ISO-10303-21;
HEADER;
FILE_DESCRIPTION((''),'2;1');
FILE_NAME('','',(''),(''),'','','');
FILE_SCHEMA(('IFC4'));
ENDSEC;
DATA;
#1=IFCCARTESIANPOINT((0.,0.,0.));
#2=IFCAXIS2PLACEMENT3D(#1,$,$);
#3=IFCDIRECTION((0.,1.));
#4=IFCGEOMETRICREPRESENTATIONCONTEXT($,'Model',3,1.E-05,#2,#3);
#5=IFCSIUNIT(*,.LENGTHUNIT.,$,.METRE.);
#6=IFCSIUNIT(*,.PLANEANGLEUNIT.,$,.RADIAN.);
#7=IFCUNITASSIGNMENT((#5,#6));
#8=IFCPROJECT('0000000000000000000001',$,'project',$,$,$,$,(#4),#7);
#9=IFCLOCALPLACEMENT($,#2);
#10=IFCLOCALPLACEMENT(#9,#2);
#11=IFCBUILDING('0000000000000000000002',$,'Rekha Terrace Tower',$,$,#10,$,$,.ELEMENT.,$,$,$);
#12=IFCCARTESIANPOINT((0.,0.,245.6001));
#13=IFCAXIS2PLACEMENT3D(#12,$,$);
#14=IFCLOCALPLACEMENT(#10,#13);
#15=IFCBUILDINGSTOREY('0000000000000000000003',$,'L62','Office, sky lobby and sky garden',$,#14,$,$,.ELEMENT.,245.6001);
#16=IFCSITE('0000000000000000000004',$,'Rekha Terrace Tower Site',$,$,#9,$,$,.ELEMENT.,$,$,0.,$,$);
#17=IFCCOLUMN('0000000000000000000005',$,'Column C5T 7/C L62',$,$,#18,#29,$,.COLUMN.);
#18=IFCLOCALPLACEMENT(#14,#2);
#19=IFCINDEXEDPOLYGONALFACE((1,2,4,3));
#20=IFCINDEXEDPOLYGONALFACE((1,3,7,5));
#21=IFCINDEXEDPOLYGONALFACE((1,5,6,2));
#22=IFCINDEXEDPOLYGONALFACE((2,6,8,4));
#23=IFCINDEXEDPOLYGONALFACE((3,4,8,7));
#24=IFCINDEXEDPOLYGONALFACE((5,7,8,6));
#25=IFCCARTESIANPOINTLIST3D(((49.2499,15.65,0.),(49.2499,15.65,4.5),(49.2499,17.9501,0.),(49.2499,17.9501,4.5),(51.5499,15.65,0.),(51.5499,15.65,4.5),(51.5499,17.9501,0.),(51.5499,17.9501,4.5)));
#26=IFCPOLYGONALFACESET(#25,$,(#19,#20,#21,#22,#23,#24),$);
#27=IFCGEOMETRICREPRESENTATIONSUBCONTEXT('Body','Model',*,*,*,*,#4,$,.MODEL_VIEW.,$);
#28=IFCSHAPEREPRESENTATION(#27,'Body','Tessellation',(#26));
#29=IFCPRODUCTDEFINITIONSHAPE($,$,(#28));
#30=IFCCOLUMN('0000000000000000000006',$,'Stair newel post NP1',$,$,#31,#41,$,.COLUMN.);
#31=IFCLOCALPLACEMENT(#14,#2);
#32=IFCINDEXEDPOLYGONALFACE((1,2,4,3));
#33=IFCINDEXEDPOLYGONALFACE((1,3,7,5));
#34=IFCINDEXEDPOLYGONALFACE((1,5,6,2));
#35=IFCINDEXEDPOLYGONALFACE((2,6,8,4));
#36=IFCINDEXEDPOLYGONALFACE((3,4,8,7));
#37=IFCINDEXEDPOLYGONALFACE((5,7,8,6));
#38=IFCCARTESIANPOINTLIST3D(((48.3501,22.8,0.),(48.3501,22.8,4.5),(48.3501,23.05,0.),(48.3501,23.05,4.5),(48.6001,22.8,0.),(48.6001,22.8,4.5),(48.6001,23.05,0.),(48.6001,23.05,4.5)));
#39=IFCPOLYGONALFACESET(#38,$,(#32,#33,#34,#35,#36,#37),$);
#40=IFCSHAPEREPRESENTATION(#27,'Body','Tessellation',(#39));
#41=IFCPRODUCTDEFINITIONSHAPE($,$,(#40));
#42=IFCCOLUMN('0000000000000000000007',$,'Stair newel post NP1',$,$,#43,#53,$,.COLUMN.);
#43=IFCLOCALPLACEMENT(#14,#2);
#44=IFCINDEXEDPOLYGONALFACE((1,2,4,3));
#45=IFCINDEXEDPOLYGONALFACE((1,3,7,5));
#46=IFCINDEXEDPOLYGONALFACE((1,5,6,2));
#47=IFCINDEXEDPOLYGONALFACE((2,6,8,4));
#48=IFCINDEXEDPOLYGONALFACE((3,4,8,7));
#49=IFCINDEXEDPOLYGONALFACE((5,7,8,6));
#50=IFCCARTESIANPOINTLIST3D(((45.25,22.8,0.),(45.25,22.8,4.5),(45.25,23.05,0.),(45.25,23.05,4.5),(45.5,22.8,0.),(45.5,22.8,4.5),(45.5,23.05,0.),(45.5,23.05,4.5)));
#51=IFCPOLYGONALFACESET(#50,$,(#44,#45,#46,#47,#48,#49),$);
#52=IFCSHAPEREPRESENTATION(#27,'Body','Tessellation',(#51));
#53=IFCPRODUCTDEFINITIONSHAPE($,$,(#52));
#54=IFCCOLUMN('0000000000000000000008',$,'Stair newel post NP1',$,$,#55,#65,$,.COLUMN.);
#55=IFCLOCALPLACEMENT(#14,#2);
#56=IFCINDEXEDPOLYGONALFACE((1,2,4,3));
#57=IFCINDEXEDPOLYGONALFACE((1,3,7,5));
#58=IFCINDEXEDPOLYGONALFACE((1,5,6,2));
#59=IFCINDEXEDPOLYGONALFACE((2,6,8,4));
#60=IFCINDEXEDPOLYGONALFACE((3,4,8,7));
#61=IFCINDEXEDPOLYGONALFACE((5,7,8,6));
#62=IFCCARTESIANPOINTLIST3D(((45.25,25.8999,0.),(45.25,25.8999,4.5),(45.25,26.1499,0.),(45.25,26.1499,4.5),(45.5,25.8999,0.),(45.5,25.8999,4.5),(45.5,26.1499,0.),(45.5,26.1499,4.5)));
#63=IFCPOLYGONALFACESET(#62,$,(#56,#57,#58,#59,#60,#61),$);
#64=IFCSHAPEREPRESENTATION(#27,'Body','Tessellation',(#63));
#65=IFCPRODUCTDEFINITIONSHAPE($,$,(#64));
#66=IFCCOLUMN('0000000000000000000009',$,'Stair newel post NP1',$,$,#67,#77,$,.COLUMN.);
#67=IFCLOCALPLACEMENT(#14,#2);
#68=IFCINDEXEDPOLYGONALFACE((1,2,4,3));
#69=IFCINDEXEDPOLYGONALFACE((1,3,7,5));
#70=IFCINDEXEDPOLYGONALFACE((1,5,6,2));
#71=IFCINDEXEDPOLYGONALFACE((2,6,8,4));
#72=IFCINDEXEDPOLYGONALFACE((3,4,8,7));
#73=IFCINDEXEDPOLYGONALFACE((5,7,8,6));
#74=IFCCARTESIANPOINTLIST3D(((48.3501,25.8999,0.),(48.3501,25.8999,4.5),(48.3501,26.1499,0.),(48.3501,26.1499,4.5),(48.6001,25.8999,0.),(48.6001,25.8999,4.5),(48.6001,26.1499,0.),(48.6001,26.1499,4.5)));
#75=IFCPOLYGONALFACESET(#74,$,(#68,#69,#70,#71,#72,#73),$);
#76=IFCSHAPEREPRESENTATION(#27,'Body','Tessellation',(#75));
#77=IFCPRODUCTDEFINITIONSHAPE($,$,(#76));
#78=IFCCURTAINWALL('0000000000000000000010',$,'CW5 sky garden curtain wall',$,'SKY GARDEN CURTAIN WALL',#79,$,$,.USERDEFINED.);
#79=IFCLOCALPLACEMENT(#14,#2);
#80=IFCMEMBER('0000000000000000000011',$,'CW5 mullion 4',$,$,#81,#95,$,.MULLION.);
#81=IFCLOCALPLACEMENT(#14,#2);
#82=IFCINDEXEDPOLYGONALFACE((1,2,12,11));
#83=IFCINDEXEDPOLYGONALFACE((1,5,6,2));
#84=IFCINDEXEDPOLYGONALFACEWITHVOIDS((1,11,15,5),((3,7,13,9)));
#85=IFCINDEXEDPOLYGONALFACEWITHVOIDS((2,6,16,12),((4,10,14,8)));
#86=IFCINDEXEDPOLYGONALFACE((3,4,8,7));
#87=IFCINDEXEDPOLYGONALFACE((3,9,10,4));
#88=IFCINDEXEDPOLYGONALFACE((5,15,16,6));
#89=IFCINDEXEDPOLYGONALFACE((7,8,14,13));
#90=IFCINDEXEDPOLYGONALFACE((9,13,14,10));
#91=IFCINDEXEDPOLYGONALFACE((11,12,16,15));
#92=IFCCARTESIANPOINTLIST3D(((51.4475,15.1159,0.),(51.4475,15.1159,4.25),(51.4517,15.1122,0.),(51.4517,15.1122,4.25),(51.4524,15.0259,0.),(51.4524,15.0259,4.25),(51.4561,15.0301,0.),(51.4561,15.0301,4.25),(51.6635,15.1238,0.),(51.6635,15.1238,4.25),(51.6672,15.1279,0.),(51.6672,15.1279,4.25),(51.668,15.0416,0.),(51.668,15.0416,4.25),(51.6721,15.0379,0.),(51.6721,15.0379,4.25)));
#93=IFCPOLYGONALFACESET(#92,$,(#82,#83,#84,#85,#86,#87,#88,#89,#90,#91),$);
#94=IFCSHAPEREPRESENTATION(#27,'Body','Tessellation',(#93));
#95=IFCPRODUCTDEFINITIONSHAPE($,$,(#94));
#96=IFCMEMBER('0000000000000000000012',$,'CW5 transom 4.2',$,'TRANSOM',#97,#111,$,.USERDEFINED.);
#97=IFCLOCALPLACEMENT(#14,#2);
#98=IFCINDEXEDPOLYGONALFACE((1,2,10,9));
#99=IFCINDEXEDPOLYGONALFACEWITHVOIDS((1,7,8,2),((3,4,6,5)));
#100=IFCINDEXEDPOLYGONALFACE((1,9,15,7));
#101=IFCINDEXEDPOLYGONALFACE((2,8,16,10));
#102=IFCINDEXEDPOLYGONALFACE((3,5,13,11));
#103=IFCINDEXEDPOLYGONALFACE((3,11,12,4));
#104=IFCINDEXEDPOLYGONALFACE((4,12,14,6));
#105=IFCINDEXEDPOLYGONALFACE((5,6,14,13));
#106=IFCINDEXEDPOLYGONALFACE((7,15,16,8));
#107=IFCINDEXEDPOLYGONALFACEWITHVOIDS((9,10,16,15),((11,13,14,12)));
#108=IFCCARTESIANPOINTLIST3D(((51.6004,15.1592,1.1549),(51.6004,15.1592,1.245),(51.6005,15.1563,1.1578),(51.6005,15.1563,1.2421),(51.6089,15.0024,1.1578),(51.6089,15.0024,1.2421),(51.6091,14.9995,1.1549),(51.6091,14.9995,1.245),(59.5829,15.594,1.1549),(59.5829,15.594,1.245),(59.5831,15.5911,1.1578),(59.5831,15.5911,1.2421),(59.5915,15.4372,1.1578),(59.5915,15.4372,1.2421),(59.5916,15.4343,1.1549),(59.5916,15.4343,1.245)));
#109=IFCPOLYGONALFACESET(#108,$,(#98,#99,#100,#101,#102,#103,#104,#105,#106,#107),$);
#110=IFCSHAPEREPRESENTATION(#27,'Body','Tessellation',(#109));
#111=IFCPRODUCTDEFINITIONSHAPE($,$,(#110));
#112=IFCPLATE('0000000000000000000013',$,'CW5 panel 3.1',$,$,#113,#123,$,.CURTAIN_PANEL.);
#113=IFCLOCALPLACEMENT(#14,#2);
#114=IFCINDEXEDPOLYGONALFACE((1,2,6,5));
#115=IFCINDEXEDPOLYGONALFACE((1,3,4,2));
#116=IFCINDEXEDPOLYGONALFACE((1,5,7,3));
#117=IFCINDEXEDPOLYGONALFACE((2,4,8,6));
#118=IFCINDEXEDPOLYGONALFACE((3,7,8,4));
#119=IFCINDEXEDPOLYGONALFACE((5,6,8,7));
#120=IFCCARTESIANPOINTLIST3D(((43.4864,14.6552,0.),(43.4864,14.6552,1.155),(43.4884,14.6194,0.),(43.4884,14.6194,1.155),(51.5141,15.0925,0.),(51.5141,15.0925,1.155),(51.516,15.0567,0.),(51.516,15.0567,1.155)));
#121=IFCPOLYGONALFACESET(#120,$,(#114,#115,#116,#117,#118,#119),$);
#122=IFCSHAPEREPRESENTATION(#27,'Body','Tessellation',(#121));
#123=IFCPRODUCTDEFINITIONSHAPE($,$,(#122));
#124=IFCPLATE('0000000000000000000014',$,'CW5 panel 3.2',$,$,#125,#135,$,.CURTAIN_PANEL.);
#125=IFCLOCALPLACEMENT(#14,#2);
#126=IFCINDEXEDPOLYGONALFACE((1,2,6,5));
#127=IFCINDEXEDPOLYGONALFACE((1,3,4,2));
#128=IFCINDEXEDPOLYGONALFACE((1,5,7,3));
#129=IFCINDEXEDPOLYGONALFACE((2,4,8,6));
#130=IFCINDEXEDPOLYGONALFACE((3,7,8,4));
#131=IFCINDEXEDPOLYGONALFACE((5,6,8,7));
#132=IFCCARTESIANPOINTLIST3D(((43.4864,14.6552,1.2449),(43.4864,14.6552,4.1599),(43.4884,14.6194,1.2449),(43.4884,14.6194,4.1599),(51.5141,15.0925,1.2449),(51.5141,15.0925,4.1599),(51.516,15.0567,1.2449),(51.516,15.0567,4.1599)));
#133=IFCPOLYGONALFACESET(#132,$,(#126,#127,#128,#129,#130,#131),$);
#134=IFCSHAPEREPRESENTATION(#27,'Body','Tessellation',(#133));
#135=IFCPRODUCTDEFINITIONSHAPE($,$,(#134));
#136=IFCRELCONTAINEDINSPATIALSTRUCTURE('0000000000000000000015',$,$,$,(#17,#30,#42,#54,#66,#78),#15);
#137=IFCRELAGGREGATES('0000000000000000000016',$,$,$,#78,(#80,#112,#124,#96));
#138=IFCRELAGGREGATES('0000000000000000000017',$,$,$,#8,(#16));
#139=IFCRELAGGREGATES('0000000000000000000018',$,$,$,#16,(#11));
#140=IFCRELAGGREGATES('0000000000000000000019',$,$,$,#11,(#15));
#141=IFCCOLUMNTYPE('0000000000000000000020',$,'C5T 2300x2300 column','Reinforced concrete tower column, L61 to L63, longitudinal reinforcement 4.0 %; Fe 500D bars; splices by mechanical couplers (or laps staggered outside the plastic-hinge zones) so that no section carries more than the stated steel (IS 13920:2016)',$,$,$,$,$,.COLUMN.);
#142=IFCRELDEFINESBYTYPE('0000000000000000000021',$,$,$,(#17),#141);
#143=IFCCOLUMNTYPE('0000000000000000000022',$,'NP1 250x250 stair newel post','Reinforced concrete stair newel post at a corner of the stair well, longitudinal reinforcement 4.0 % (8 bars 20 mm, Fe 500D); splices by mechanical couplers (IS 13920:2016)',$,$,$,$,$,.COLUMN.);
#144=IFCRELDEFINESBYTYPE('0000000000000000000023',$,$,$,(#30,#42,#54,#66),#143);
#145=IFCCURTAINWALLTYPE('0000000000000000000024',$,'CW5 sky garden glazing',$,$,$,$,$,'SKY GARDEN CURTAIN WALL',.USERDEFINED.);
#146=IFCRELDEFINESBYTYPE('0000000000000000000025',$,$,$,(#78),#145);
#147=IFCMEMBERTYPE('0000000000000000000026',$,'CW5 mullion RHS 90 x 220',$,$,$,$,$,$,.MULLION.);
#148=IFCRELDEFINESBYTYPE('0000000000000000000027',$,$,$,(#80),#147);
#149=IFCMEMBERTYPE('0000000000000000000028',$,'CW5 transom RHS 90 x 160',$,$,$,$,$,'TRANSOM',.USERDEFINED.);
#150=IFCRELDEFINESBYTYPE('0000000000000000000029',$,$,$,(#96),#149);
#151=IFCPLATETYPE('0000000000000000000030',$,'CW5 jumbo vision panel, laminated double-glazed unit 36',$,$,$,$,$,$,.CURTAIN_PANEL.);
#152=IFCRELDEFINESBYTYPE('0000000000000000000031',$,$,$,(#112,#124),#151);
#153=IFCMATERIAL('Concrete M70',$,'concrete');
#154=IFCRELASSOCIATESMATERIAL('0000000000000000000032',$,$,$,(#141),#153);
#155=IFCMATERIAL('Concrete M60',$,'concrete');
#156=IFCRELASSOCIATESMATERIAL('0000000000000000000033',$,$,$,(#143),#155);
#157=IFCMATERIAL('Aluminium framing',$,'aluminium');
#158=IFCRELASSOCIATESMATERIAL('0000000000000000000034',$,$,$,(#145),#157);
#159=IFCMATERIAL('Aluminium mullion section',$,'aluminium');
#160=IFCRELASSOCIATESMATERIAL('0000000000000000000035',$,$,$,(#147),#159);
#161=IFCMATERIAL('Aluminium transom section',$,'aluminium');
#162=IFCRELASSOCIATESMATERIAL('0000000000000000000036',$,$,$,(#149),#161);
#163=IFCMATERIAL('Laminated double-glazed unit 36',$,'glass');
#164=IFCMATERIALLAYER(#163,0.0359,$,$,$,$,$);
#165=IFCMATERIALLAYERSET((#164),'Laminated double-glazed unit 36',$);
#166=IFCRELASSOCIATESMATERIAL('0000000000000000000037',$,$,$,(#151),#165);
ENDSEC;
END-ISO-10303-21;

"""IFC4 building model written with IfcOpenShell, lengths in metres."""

from ifc_helpers import new_model, si_unit, direction, frame, origin, origin_2d, place, context, subcontext, project, spatial, rectangle, hollow_rectangle, extrude, material, layer, layer_set, material_profile, profile_set, type_object, element, aggregate, save


model = new_model("IFC4")

# Units and contexts
model_context = context("Model", 3, precision=1e-05, world=origin(), true_north=direction((0.0, 1.0)))
body_context = subcontext(model_context, "Body", "Model", "MODEL_VIEW")
ifc_project = project(units=[si_unit("LENGTHUNIT", "METRE"), si_unit("PLANEANGLEUNIT", "RADIAN")], contexts=[model_context])

# Site, building, storey
site_placement = place(None, origin())
site = spatial("IfcSite", under=ifc_project, at=site_placement, Name="Rekha Terrace Tower Site", CompositionType="ELEMENT", RefElevation=0.0)
building_placement = place(site_placement, origin())
building = spatial("IfcBuilding", under=site, at=building_placement, Name="Rekha Terrace Tower", CompositionType="ELEMENT")
storey_placement = place(building_placement, frame((0.0, 0.0, 245.6001)))
storey = spatial("IfcBuildingStorey", under=building, at=storey_placement, Name="L62", Description="Office, sky lobby and sky garden", CompositionType="ELEMENT", Elevation=245.6001)

# Columns
ifc_material_1 = material(Name="Concrete M70", Category="concrete")
ifc_material_profile_1 = material_profile(ifc_material_1, rectangle(XDim=2.3, YDim=2.3, at=origin_2d()), Name="RC 2300x2300")
ifc_profile_set_1 = profile_set([ifc_material_profile_1], Name="Concrete M70")
column_type_1 = type_object("IfcColumnType", Name="C5T 2300x2300 column", Description="Reinforced concrete tower column, L61 to L63, longitudinal reinforcement 4.0 %; Fe 500D bars; splices by mechanical couplers (or laps staggered outside the plastic-hinge zones) so that no section carries more than the stated steel (IS 13920:2016)", PredefinedType="COLUMN", material=ifc_profile_set_1)
column_placement = place(storey_placement, frame((50.3999, 16.8, 0.0), z_axis=(0.0, 0.0, 1.0), x_axis=(1.0, 0.0, 0.0)))
element("IfcColumn", 1, at=column_placement, inside=storey, type_object=column_type_1, Name="Column C5T 7/C L62", PredefinedType="COLUMN", context=body_context, shape_type="SweptSolid", body=[
    extrude(rectangle(XDim=2.3, YDim=2.3, at=origin_2d()), origin(), (0.0, 0.0, 1.0), 4.5),
])
ifc_material_2 = material(Name="Concrete M60", Category="concrete")
ifc_material_profile_2 = material_profile(ifc_material_2, rectangle(XDim=0.25, YDim=0.25, at=origin_2d()), Name="RC 250x250")
ifc_profile_set_2 = profile_set([ifc_material_profile_2], Name="Concrete M60")
column_type_2 = type_object("IfcColumnType", Name="NP1 250x250 stair newel post", Description="Reinforced concrete stair newel post at a corner of the stair well, longitudinal reinforcement 4.0 % (8 bars 20 mm, Fe 500D); splices by mechanical couplers (IS 13920:2016)", PredefinedType="COLUMN", material=ifc_profile_set_2)
for number, where, z_axis, x_axis, name in (
    (2, (48.4751, 22.925, 0.0), (0.0, 0.0, 1.0), (1.0, 0.0, 0.0), "Stair newel post NP1"),
    (3, (45.375, 22.925, 0.0), (0.0, 0.0, 1.0), (1.0, 0.0, 0.0), "Stair newel post NP1"),
    (4, (45.375, 26.0249, 0.0), (0.0, 0.0, 1.0), (1.0, 0.0, 0.0), "Stair newel post NP1"),
    (5, (48.4751, 26.0249, 0.0), (0.0, 0.0, 1.0), (1.0, 0.0, 0.0), "Stair newel post NP1"),
):
    element("IfcColumn", number, at=place(storey_placement, frame(where, z_axis=z_axis, x_axis=x_axis)), inside=storey, type_object=column_type_2, Name=name, PredefinedType="COLUMN", context=body_context, shape_type="SweptSolid", body=[
        extrude(rectangle(XDim=0.25, YDim=0.25, at=origin_2d()), origin(), (0.0, 0.0, 1.0), 4.5),
    ])

# Curtain wall, members, plates
ifc_material_3 = material(Name="Aluminium framing", Category="aluminium")
curtain_wall_type = type_object("IfcCurtainWallType", Name="CW5 sky garden glazing", ElementType="SKY GARDEN CURTAIN WALL", PredefinedType="USERDEFINED", material=ifc_material_3)
curtain_wall_placement = place(storey_placement, origin())
curtain_wall = element("IfcCurtainWall", 6, at=curtain_wall_placement, inside=storey, type_object=curtain_wall_type, Name="CW5 sky garden curtain wall", ObjectType="SKY GARDEN CURTAIN WALL", PredefinedType="USERDEFINED")
ifc_material_4 = material(Name="Aluminium mullion section", Category="aluminium")
ifc_material_profile_3 = material_profile(ifc_material_4, hollow_rectangle(XDim=0.0901, YDim=0.22, WallThickness=0.0039, at=origin_2d()), Name="AL RHS 90x220")
ifc_profile_set_3 = profile_set([ifc_material_profile_3], Name="Aluminium mullion section")
member_type_1 = type_object("IfcMemberType", Name="CW5 mullion RHS 90 x 220", PredefinedType="MULLION", material=ifc_profile_set_3)
member_1_placement = place(storey_placement, frame((51.5598, 15.0769, 0.0), z_axis=(0.0, 0.0, 1.0), x_axis=(-0.054389, 0.99852, 0.0)))
member_1 = element("IfcMember", 7, at=member_1_placement, type_object=member_type_1, Name="CW5 mullion 4", PredefinedType="MULLION", context=body_context, shape_type="SweptSolid", body=[
    extrude(hollow_rectangle(XDim=0.0901, YDim=0.22, WallThickness=0.0039, at=origin_2d()), origin(), (0.0, 0.0, 1.0), 4.25),
])
ifc_material_5 = material(Name="Aluminium transom section", Category="aluminium")
ifc_material_profile_4 = material_profile(ifc_material_5, hollow_rectangle(XDim=0.1599, YDim=0.0901, WallThickness=0.0029, at=origin_2d()), Name="AL RHS 160x90")
ifc_profile_set_4 = profile_set([ifc_material_profile_4], Name="Aluminium transom section")
member_type_2 = type_object("IfcMemberType", Name="CW5 transom RHS 90 x 160", ElementType="TRANSOM", PredefinedType="USERDEFINED", material=ifc_profile_set_4)
member_2_placement = place(storey_placement, frame((51.6047, 15.0793, 1.2), z_axis=(0.99852, 0.054389, 0.0), x_axis=(-0.054389, 0.99852, 0.0)))
member_2 = element("IfcMember", 8, at=member_2_placement, type_object=member_type_2, Name="CW5 transom 4.2", ObjectType="TRANSOM", PredefinedType="USERDEFINED", context=body_context, shape_type="SweptSolid", body=[
    extrude(hollow_rectangle(XDim=0.1599, YDim=0.0901, WallThickness=0.0029, at=origin_2d()), origin(), (0.0, 0.0, 1.0), 7.9944),
])
ifc_material_6 = material(Name="Laminated double-glazed unit 36", Category="glass")
ifc_layer_1 = layer(ifc_material_6, 0.0359)
ifc_layer_set_1 = layer_set([ifc_layer_1], Name="Laminated double-glazed unit 36")
plate_type = type_object("IfcPlateType", Name="CW5 jumbo vision panel, laminated double-glazed unit 36", PredefinedType="CURTAIN_PANEL", material=ifc_layer_set_1)
plate_1_placement = place(storey_placement, frame((47.5012, 14.856, 0.0), z_axis=(0.0, 0.0, 1.0), x_axis=(0.99852, 0.054389, 0.0)))
plate_1 = element("IfcPlate", 9, at=plate_1_placement, type_object=plate_type, Name="CW5 panel 3.1", PredefinedType="CURTAIN_PANEL", context=body_context, shape_type="SweptSolid", body=[
    extrude(rectangle(XDim=8.0396, YDim=0.0359, at=origin_2d()), origin(), (0.0, 0.0, 1.0), 1.155),
])
plate_2_placement = place(storey_placement, frame((47.5012, 14.856, 1.2449), z_axis=(0.0, 0.0, 1.0), x_axis=(0.99852, 0.054389, 0.0)))
plate_2 = element("IfcPlate", 10, at=plate_2_placement, type_object=plate_type, Name="CW5 panel 3.2", PredefinedType="CURTAIN_PANEL", context=body_context, shape_type="SweptSolid", body=[
    extrude(rectangle(XDim=8.0396, YDim=0.0359, at=origin_2d()), origin(), (0.0, 0.0, 1.0), 2.915),
])
aggregate(curtain_wall, [member_1, plate_1, plate_2, member_2])

save(model, "model.ifc")
